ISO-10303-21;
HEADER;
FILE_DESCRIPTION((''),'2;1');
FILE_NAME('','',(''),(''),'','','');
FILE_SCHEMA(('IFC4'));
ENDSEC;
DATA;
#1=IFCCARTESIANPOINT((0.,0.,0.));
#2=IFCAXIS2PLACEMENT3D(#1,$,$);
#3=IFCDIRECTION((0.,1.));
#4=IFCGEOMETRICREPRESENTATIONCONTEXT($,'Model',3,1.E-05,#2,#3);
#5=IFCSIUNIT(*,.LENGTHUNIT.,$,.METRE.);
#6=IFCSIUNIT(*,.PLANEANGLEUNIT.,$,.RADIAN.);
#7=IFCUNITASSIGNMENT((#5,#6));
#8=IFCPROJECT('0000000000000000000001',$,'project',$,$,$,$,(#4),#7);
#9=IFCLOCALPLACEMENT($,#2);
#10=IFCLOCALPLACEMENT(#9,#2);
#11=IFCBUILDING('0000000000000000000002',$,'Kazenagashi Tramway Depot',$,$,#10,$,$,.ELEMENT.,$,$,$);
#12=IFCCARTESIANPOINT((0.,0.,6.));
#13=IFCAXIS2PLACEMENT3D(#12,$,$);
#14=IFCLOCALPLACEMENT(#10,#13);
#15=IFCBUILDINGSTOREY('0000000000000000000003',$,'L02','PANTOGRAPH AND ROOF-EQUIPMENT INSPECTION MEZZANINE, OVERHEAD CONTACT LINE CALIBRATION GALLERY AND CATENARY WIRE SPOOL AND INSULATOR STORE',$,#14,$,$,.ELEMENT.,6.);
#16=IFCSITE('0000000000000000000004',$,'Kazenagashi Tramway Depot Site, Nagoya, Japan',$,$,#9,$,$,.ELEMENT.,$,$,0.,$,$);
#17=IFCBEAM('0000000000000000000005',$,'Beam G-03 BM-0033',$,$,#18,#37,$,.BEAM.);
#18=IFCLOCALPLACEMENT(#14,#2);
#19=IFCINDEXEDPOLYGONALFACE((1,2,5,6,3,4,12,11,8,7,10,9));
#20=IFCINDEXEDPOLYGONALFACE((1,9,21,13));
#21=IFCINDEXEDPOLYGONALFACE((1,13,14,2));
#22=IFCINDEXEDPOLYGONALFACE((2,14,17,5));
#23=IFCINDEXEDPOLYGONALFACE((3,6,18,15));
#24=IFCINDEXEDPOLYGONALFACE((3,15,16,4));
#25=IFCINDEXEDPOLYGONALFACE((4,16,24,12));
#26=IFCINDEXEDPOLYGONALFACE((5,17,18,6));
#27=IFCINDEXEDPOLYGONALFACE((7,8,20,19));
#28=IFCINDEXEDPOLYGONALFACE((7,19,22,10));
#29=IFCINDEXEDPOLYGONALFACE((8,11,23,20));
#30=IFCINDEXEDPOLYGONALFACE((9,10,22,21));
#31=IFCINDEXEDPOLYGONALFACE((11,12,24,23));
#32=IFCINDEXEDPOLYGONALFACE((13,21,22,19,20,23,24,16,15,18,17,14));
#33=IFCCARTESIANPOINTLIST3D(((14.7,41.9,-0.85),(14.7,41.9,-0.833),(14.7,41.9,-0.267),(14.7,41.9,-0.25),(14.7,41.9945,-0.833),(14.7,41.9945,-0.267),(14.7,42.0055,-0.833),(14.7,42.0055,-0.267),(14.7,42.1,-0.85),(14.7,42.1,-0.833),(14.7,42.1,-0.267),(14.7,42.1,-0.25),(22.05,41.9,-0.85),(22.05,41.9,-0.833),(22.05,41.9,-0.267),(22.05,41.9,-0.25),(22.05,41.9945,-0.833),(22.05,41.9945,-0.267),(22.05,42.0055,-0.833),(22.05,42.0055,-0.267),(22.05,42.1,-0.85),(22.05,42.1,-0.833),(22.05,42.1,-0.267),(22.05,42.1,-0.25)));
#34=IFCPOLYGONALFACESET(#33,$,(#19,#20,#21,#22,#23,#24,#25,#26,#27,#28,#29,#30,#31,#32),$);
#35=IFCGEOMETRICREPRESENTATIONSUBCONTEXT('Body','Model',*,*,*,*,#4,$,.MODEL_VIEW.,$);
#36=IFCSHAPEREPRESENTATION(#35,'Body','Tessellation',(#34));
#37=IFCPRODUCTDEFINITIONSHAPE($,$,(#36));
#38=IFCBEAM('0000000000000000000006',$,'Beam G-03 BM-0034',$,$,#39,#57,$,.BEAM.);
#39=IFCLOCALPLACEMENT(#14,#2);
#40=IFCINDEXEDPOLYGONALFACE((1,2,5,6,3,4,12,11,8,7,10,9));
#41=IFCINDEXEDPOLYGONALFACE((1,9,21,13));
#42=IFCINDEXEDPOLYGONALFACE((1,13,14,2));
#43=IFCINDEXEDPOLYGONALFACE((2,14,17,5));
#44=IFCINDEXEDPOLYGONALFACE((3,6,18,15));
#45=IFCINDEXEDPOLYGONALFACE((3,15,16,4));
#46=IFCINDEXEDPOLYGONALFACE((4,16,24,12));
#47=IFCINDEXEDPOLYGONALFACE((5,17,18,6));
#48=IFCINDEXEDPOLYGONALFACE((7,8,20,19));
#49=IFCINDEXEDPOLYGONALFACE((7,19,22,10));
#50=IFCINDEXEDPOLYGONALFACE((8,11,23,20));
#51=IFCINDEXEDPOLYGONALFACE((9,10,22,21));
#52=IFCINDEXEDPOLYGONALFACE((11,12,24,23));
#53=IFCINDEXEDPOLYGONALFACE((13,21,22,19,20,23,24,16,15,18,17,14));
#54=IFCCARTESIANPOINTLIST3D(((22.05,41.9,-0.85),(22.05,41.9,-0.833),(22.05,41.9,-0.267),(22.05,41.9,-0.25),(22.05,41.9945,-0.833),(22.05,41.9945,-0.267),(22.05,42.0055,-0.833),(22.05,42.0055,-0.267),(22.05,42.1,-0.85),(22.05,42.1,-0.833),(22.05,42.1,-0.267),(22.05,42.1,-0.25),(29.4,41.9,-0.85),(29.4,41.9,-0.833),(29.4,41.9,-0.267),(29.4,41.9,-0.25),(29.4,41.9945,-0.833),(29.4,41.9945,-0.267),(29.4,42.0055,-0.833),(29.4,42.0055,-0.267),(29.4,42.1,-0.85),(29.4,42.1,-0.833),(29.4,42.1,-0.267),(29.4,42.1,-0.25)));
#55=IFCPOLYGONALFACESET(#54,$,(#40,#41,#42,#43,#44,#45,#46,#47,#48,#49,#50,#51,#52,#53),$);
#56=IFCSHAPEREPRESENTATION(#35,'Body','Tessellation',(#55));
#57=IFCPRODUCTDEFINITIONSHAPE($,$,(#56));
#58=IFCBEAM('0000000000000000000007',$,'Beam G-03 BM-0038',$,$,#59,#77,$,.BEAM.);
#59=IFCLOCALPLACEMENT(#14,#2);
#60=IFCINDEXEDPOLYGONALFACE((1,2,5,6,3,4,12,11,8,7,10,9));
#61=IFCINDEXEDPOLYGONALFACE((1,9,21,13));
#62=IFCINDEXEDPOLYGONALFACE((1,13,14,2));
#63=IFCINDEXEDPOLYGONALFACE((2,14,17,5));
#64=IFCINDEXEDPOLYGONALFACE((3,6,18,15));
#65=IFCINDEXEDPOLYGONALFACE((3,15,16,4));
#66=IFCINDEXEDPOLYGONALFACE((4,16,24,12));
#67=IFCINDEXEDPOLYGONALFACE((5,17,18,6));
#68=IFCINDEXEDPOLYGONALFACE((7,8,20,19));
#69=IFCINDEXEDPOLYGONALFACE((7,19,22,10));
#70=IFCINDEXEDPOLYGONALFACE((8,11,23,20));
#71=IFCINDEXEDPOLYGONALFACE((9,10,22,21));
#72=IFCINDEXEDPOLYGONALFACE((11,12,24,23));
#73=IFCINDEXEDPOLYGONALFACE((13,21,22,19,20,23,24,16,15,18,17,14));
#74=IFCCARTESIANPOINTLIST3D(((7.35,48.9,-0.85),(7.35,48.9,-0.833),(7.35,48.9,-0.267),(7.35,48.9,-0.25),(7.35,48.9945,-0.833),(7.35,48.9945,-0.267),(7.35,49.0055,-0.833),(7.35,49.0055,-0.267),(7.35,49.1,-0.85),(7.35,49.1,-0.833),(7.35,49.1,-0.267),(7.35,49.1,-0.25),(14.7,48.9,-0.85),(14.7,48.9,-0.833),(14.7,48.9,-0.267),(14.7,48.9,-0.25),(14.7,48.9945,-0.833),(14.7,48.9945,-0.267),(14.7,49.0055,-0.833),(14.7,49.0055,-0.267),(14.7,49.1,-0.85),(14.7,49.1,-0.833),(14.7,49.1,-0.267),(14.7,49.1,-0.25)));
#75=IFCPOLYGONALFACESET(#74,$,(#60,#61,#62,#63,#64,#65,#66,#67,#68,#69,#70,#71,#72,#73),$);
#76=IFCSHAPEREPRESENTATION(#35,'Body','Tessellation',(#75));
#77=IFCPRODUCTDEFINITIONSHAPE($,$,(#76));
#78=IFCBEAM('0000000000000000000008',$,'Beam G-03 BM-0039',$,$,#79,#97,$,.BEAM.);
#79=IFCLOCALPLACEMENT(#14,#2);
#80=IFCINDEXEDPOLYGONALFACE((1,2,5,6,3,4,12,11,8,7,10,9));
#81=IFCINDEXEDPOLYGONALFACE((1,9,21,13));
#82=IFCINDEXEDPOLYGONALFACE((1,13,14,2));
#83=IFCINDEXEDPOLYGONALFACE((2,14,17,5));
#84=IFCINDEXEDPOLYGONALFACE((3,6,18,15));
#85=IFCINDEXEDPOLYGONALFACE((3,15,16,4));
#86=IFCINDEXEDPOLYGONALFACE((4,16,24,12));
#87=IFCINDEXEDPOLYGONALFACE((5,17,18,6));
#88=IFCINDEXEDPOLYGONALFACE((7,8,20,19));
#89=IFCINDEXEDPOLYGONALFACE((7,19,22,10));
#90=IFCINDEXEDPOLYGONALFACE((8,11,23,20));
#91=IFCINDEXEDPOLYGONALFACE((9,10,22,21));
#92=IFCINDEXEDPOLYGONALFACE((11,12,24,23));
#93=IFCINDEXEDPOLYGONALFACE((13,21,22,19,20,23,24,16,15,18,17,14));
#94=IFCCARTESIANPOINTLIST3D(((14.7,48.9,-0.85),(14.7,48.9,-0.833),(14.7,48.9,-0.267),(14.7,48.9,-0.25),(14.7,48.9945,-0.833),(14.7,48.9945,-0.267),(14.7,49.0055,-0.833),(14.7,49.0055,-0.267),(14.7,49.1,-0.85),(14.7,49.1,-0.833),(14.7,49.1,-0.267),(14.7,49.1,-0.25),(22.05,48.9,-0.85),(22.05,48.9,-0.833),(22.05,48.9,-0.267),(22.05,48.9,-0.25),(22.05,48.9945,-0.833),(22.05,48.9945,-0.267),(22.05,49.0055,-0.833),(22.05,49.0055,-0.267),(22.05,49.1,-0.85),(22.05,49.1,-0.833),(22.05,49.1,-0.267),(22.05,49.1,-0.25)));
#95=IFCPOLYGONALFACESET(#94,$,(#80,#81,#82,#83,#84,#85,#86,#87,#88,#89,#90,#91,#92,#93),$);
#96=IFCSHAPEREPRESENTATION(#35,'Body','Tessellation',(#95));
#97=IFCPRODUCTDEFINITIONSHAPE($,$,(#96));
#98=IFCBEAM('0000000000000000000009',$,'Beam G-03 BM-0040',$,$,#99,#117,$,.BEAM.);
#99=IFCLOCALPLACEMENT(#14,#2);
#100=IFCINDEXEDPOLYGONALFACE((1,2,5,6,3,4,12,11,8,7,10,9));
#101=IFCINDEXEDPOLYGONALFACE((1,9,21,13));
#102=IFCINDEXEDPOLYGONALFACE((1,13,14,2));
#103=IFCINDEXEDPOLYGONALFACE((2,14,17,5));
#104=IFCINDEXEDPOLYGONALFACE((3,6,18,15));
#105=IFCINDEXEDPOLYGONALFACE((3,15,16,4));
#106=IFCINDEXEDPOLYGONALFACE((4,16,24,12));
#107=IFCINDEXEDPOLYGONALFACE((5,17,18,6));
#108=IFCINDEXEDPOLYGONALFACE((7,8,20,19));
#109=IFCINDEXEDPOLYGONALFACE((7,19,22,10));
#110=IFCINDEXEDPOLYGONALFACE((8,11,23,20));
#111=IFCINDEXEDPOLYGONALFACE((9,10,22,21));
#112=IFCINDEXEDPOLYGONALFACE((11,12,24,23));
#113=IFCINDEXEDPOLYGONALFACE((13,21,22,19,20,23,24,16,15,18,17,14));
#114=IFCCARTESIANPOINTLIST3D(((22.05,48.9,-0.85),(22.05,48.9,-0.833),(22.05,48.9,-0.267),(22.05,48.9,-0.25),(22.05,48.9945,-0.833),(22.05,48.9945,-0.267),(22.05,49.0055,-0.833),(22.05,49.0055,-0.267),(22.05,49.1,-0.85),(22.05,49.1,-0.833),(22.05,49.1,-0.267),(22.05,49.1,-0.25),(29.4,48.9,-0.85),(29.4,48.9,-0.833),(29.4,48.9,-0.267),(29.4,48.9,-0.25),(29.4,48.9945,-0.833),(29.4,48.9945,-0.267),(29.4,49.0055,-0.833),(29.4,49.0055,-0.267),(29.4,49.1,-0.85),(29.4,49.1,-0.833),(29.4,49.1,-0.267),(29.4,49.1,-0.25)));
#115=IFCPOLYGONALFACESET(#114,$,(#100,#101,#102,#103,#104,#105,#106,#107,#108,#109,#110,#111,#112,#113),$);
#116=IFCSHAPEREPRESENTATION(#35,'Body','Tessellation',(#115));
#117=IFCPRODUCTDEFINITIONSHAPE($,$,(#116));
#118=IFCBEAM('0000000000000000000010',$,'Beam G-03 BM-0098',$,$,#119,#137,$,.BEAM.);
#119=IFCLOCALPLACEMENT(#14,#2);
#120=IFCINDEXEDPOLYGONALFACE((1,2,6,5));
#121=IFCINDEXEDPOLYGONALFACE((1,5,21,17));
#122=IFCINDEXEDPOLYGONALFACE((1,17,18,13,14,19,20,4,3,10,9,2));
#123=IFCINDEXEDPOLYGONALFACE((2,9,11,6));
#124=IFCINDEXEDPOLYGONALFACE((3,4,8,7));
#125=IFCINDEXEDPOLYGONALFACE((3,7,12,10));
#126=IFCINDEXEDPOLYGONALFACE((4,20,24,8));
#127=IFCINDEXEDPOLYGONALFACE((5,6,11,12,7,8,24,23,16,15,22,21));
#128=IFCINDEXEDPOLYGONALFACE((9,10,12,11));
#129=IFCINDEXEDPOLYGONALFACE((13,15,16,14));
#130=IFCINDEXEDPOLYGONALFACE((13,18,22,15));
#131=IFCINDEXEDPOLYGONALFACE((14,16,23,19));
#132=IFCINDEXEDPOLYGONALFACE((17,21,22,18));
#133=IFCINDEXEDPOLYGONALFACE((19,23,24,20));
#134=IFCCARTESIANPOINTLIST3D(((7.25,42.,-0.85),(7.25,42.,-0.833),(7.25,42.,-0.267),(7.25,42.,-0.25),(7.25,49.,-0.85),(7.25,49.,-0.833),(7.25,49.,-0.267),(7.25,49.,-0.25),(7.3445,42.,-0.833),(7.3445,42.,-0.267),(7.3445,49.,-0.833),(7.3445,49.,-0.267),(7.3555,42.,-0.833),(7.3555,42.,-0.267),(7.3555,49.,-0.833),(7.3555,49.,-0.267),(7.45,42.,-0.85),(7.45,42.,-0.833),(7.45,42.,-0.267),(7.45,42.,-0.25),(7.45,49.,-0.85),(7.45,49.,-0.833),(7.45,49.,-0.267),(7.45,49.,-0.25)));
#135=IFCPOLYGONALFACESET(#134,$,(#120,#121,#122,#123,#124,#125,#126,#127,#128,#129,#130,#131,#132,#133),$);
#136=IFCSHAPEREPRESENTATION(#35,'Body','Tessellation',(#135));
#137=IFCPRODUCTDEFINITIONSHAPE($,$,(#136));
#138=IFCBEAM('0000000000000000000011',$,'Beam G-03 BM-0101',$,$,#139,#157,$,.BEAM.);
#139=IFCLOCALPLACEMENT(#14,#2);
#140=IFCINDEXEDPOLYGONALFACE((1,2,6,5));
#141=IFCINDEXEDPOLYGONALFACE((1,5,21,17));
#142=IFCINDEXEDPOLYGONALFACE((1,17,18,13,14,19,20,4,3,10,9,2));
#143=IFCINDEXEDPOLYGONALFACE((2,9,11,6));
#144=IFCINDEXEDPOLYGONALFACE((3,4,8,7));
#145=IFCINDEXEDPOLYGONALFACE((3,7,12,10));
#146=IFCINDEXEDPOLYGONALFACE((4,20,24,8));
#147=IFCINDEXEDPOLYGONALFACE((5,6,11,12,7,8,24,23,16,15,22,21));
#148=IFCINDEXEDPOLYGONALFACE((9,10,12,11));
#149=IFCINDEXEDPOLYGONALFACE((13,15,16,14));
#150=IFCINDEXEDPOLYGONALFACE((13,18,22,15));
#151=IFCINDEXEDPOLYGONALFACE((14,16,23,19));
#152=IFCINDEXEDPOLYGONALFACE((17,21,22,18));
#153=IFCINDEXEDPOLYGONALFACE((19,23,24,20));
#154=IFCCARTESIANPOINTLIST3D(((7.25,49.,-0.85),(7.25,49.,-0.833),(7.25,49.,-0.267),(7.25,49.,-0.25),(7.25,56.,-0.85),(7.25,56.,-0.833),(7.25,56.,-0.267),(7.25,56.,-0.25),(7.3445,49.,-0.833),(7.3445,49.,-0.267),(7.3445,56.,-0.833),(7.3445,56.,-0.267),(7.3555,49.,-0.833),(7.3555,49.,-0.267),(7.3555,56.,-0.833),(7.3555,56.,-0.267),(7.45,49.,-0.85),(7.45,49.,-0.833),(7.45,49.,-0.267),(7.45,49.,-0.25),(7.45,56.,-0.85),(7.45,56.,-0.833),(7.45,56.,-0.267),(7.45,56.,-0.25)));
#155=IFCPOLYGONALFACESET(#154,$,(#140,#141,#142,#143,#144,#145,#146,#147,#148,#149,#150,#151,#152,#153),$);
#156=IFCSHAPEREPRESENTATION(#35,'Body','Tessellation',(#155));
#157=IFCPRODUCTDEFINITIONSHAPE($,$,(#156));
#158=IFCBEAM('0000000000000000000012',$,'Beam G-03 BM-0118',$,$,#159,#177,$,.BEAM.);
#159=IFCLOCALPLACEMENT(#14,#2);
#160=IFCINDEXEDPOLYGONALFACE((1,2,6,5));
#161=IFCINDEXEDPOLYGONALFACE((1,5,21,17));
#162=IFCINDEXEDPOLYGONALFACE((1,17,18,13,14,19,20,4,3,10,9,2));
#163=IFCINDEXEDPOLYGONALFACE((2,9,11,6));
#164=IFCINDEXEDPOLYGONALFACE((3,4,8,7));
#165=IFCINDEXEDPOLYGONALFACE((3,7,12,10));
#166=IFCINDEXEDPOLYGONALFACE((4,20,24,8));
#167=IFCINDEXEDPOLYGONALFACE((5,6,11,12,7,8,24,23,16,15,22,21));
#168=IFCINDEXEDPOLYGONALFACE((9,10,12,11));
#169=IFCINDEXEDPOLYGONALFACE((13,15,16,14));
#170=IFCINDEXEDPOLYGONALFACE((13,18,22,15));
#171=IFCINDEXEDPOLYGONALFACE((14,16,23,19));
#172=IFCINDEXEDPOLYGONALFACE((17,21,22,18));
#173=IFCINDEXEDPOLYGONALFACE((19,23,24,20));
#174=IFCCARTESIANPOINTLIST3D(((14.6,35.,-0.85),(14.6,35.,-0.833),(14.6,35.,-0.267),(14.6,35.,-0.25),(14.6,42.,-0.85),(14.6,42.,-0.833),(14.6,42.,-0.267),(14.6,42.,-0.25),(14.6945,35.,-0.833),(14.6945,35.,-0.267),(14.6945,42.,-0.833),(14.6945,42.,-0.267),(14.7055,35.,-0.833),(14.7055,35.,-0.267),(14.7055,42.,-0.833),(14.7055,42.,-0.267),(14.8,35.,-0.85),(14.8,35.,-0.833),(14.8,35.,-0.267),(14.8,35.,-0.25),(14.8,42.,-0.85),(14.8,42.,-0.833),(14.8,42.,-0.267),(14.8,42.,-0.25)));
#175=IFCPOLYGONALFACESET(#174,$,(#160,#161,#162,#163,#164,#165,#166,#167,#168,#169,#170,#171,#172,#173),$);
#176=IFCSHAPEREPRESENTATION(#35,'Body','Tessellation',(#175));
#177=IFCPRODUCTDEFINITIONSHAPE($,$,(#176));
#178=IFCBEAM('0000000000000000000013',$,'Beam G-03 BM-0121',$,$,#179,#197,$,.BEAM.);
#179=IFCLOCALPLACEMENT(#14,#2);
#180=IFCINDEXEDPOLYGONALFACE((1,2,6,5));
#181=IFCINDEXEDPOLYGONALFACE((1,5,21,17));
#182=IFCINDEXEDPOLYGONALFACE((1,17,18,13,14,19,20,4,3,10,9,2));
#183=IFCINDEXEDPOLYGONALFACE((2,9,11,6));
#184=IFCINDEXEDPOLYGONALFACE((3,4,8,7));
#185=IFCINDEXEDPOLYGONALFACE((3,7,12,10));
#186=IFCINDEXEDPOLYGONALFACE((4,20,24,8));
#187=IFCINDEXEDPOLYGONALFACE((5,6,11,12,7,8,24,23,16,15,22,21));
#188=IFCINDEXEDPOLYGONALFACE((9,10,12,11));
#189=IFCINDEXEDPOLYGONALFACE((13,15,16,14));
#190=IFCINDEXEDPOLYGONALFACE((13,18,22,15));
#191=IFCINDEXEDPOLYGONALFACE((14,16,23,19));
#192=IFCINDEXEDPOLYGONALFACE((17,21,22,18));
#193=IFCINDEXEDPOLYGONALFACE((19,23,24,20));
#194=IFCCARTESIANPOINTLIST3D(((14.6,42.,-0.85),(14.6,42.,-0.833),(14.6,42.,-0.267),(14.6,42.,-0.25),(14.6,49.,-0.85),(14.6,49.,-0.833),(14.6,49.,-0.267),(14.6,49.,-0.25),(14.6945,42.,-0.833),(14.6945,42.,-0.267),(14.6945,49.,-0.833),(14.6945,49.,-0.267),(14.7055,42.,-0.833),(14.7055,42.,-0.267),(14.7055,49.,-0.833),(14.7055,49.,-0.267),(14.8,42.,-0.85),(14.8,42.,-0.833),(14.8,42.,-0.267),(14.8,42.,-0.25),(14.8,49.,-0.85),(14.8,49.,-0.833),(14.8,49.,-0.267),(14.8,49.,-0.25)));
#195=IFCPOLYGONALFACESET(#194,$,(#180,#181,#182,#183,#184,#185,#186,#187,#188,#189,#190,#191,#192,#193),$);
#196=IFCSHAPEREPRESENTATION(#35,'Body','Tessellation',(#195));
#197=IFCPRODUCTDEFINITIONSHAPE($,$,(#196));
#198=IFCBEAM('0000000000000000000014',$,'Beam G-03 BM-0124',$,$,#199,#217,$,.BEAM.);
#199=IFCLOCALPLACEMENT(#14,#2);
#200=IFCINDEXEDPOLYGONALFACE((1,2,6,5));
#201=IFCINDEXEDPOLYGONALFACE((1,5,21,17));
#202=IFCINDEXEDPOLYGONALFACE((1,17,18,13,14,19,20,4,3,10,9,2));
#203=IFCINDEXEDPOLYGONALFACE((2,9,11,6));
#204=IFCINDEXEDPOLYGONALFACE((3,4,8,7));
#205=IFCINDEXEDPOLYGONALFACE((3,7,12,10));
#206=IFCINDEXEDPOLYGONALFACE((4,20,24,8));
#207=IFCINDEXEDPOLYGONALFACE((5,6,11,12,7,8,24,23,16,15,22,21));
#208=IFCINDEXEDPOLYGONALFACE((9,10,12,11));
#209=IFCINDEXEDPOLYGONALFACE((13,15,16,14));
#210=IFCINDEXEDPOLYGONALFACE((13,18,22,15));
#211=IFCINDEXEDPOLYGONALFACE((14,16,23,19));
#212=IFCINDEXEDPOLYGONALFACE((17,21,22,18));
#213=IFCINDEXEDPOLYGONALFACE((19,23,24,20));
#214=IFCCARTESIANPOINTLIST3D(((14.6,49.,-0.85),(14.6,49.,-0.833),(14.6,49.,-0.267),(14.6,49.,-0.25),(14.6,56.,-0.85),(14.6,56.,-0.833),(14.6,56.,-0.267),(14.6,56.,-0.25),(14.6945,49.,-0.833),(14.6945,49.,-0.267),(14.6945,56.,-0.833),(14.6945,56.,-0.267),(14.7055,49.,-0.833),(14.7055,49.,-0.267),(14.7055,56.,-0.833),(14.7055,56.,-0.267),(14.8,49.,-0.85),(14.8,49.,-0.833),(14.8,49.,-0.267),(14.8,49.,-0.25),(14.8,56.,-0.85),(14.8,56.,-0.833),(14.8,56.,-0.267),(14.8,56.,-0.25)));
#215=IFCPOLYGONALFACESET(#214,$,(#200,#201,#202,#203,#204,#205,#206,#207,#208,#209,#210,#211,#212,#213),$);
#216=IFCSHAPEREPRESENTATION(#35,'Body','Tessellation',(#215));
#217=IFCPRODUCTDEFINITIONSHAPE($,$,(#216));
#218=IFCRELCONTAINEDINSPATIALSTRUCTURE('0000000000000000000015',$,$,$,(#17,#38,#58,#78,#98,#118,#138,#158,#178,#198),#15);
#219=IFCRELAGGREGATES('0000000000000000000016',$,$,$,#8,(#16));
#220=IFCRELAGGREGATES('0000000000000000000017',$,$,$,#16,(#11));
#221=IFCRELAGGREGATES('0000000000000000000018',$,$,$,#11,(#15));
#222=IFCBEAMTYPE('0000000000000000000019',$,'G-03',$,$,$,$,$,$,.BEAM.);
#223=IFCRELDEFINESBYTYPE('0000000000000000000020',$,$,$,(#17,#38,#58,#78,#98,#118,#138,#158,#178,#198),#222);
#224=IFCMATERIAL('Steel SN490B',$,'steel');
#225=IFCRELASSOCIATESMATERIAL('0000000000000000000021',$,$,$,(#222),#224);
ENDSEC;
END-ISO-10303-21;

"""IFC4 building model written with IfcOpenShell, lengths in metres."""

from ifc_helpers import new_model, si_unit, direction, frame, origin, origin_2d, place, context, subcontext, project, spatial, i_section, extrude, material, material_profile, profile_set, type_object, element, save


model = new_model("IFC4")

# Units and contexts
model_context = context("Model", 3, precision=1e-05, world=origin(), true_north=direction((0.0, 1.0)))
body_context = subcontext(model_context, "Body", "Model", "MODEL_VIEW")
ifc_project = project(units=[si_unit("LENGTHUNIT", "METRE"), si_unit("PLANEANGLEUNIT", "RADIAN")], contexts=[model_context])

# Site, building, storey
site_placement = place(None, origin())
site = spatial("IfcSite", under=ifc_project, at=site_placement, Name="Kazenagashi Tramway Depot Site, Nagoya, Japan", CompositionType="ELEMENT", RefElevation=0.0)
building_placement = place(site_placement, origin())
building = spatial("IfcBuilding", under=site, at=building_placement, Name="Kazenagashi Tramway Depot", CompositionType="ELEMENT")
storey_placement = place(building_placement, frame((0.0, 0.0, 6.0)))
storey = spatial("IfcBuildingStorey", under=building, at=storey_placement, Name="L02", Description="PANTOGRAPH AND ROOF-EQUIPMENT INSPECTION MEZZANINE, OVERHEAD CONTACT LINE CALIBRATION GALLERY AND CATENARY WIRE SPOOL AND INSULATOR STORE", CompositionType="ELEMENT", Elevation=6.0)

# Shared definitions
ifc_material_1 = material(Name="Steel SN490B", Category="steel")

# Beams
ifc_material_profile_1 = material_profile(ifc_material_1, i_section(OverallWidth=0.2, OverallDepth=0.6, WebThickness=0.011, FlangeThickness=0.017, at=origin_2d()), Name="H-600x200x11x17")
ifc_profile_set_1 = profile_set([ifc_material_profile_1], Name="Steel SN490B")
beam_type_1 = type_object("IfcBeamType", Name="G-03", PredefinedType="BEAM", material=ifc_profile_set_1)
for number, where, z_axis, x_axis, name in (
    (1, (14.7, 42.0, -0.55), (1.0, 0.0, 0.0), (0.0, 1.0, 0.0), "Beam G-03 BM-0033"),
    (2, (22.05, 42.0, -0.55), (1.0, 0.0, 0.0), (0.0, 1.0, 0.0), "Beam G-03 BM-0034"),
    (3, (7.35, 49.0, -0.55), (1.0, 0.0, 0.0), (0.0, 1.0, 0.0), "Beam G-03 BM-0038"),
    (4, (14.7, 49.0, -0.55), (1.0, 0.0, 0.0), (0.0, 1.0, 0.0), "Beam G-03 BM-0039"),
    (5, (22.05, 49.0, -0.55), (1.0, 0.0, 0.0), (0.0, 1.0, 0.0), "Beam G-03 BM-0040"),
):
    element("IfcBeam", number, at=place(storey_placement, frame(where, z_axis=z_axis, x_axis=x_axis)), inside=storey, type_object=beam_type_1, Name=name, PredefinedType="BEAM", context=body_context, shape_type="SweptSolid", body=[
        extrude(i_section(OverallWidth=0.2, OverallDepth=0.6, WebThickness=0.011, FlangeThickness=0.017, at=origin_2d()), origin(), (0.0, 0.0, 1.0), 7.35),
    ])
for number, where, z_axis, x_axis, name in (
    (6, (7.35, 42.0, -0.55), (0.0, 1.0, 0.0), (-1.0, 0.0, 0.0), "Beam G-03 BM-0098"),
    (7, (7.35, 49.0, -0.55), (0.0, 1.0, 0.0), (-1.0, 0.0, 0.0), "Beam G-03 BM-0101"),
    (8, (14.7, 35.0, -0.55), (0.0, 1.0, 0.0), (-1.0, 0.0, 0.0), "Beam G-03 BM-0118"),
    (9, (14.7, 42.0, -0.55), (0.0, 1.0, 0.0), (-1.0, 0.0, 0.0), "Beam G-03 BM-0121"),
    (10, (14.7, 49.0, -0.55), (0.0, 1.0, 0.0), (-1.0, 0.0, 0.0), "Beam G-03 BM-0124"),
):
    element("IfcBeam", number, at=place(storey_placement, frame(where, z_axis=z_axis, x_axis=x_axis)), inside=storey, type_object=beam_type_1, Name=name, PredefinedType="BEAM", context=body_context, shape_type="SweptSolid", body=[
        extrude(i_section(OverallWidth=0.2, OverallDepth=0.6, WebThickness=0.011, FlangeThickness=0.017, at=origin_2d()), origin(), (0.0, 0.0, 1.0), 7.0),
    ])

save(model, "model.ifc")
